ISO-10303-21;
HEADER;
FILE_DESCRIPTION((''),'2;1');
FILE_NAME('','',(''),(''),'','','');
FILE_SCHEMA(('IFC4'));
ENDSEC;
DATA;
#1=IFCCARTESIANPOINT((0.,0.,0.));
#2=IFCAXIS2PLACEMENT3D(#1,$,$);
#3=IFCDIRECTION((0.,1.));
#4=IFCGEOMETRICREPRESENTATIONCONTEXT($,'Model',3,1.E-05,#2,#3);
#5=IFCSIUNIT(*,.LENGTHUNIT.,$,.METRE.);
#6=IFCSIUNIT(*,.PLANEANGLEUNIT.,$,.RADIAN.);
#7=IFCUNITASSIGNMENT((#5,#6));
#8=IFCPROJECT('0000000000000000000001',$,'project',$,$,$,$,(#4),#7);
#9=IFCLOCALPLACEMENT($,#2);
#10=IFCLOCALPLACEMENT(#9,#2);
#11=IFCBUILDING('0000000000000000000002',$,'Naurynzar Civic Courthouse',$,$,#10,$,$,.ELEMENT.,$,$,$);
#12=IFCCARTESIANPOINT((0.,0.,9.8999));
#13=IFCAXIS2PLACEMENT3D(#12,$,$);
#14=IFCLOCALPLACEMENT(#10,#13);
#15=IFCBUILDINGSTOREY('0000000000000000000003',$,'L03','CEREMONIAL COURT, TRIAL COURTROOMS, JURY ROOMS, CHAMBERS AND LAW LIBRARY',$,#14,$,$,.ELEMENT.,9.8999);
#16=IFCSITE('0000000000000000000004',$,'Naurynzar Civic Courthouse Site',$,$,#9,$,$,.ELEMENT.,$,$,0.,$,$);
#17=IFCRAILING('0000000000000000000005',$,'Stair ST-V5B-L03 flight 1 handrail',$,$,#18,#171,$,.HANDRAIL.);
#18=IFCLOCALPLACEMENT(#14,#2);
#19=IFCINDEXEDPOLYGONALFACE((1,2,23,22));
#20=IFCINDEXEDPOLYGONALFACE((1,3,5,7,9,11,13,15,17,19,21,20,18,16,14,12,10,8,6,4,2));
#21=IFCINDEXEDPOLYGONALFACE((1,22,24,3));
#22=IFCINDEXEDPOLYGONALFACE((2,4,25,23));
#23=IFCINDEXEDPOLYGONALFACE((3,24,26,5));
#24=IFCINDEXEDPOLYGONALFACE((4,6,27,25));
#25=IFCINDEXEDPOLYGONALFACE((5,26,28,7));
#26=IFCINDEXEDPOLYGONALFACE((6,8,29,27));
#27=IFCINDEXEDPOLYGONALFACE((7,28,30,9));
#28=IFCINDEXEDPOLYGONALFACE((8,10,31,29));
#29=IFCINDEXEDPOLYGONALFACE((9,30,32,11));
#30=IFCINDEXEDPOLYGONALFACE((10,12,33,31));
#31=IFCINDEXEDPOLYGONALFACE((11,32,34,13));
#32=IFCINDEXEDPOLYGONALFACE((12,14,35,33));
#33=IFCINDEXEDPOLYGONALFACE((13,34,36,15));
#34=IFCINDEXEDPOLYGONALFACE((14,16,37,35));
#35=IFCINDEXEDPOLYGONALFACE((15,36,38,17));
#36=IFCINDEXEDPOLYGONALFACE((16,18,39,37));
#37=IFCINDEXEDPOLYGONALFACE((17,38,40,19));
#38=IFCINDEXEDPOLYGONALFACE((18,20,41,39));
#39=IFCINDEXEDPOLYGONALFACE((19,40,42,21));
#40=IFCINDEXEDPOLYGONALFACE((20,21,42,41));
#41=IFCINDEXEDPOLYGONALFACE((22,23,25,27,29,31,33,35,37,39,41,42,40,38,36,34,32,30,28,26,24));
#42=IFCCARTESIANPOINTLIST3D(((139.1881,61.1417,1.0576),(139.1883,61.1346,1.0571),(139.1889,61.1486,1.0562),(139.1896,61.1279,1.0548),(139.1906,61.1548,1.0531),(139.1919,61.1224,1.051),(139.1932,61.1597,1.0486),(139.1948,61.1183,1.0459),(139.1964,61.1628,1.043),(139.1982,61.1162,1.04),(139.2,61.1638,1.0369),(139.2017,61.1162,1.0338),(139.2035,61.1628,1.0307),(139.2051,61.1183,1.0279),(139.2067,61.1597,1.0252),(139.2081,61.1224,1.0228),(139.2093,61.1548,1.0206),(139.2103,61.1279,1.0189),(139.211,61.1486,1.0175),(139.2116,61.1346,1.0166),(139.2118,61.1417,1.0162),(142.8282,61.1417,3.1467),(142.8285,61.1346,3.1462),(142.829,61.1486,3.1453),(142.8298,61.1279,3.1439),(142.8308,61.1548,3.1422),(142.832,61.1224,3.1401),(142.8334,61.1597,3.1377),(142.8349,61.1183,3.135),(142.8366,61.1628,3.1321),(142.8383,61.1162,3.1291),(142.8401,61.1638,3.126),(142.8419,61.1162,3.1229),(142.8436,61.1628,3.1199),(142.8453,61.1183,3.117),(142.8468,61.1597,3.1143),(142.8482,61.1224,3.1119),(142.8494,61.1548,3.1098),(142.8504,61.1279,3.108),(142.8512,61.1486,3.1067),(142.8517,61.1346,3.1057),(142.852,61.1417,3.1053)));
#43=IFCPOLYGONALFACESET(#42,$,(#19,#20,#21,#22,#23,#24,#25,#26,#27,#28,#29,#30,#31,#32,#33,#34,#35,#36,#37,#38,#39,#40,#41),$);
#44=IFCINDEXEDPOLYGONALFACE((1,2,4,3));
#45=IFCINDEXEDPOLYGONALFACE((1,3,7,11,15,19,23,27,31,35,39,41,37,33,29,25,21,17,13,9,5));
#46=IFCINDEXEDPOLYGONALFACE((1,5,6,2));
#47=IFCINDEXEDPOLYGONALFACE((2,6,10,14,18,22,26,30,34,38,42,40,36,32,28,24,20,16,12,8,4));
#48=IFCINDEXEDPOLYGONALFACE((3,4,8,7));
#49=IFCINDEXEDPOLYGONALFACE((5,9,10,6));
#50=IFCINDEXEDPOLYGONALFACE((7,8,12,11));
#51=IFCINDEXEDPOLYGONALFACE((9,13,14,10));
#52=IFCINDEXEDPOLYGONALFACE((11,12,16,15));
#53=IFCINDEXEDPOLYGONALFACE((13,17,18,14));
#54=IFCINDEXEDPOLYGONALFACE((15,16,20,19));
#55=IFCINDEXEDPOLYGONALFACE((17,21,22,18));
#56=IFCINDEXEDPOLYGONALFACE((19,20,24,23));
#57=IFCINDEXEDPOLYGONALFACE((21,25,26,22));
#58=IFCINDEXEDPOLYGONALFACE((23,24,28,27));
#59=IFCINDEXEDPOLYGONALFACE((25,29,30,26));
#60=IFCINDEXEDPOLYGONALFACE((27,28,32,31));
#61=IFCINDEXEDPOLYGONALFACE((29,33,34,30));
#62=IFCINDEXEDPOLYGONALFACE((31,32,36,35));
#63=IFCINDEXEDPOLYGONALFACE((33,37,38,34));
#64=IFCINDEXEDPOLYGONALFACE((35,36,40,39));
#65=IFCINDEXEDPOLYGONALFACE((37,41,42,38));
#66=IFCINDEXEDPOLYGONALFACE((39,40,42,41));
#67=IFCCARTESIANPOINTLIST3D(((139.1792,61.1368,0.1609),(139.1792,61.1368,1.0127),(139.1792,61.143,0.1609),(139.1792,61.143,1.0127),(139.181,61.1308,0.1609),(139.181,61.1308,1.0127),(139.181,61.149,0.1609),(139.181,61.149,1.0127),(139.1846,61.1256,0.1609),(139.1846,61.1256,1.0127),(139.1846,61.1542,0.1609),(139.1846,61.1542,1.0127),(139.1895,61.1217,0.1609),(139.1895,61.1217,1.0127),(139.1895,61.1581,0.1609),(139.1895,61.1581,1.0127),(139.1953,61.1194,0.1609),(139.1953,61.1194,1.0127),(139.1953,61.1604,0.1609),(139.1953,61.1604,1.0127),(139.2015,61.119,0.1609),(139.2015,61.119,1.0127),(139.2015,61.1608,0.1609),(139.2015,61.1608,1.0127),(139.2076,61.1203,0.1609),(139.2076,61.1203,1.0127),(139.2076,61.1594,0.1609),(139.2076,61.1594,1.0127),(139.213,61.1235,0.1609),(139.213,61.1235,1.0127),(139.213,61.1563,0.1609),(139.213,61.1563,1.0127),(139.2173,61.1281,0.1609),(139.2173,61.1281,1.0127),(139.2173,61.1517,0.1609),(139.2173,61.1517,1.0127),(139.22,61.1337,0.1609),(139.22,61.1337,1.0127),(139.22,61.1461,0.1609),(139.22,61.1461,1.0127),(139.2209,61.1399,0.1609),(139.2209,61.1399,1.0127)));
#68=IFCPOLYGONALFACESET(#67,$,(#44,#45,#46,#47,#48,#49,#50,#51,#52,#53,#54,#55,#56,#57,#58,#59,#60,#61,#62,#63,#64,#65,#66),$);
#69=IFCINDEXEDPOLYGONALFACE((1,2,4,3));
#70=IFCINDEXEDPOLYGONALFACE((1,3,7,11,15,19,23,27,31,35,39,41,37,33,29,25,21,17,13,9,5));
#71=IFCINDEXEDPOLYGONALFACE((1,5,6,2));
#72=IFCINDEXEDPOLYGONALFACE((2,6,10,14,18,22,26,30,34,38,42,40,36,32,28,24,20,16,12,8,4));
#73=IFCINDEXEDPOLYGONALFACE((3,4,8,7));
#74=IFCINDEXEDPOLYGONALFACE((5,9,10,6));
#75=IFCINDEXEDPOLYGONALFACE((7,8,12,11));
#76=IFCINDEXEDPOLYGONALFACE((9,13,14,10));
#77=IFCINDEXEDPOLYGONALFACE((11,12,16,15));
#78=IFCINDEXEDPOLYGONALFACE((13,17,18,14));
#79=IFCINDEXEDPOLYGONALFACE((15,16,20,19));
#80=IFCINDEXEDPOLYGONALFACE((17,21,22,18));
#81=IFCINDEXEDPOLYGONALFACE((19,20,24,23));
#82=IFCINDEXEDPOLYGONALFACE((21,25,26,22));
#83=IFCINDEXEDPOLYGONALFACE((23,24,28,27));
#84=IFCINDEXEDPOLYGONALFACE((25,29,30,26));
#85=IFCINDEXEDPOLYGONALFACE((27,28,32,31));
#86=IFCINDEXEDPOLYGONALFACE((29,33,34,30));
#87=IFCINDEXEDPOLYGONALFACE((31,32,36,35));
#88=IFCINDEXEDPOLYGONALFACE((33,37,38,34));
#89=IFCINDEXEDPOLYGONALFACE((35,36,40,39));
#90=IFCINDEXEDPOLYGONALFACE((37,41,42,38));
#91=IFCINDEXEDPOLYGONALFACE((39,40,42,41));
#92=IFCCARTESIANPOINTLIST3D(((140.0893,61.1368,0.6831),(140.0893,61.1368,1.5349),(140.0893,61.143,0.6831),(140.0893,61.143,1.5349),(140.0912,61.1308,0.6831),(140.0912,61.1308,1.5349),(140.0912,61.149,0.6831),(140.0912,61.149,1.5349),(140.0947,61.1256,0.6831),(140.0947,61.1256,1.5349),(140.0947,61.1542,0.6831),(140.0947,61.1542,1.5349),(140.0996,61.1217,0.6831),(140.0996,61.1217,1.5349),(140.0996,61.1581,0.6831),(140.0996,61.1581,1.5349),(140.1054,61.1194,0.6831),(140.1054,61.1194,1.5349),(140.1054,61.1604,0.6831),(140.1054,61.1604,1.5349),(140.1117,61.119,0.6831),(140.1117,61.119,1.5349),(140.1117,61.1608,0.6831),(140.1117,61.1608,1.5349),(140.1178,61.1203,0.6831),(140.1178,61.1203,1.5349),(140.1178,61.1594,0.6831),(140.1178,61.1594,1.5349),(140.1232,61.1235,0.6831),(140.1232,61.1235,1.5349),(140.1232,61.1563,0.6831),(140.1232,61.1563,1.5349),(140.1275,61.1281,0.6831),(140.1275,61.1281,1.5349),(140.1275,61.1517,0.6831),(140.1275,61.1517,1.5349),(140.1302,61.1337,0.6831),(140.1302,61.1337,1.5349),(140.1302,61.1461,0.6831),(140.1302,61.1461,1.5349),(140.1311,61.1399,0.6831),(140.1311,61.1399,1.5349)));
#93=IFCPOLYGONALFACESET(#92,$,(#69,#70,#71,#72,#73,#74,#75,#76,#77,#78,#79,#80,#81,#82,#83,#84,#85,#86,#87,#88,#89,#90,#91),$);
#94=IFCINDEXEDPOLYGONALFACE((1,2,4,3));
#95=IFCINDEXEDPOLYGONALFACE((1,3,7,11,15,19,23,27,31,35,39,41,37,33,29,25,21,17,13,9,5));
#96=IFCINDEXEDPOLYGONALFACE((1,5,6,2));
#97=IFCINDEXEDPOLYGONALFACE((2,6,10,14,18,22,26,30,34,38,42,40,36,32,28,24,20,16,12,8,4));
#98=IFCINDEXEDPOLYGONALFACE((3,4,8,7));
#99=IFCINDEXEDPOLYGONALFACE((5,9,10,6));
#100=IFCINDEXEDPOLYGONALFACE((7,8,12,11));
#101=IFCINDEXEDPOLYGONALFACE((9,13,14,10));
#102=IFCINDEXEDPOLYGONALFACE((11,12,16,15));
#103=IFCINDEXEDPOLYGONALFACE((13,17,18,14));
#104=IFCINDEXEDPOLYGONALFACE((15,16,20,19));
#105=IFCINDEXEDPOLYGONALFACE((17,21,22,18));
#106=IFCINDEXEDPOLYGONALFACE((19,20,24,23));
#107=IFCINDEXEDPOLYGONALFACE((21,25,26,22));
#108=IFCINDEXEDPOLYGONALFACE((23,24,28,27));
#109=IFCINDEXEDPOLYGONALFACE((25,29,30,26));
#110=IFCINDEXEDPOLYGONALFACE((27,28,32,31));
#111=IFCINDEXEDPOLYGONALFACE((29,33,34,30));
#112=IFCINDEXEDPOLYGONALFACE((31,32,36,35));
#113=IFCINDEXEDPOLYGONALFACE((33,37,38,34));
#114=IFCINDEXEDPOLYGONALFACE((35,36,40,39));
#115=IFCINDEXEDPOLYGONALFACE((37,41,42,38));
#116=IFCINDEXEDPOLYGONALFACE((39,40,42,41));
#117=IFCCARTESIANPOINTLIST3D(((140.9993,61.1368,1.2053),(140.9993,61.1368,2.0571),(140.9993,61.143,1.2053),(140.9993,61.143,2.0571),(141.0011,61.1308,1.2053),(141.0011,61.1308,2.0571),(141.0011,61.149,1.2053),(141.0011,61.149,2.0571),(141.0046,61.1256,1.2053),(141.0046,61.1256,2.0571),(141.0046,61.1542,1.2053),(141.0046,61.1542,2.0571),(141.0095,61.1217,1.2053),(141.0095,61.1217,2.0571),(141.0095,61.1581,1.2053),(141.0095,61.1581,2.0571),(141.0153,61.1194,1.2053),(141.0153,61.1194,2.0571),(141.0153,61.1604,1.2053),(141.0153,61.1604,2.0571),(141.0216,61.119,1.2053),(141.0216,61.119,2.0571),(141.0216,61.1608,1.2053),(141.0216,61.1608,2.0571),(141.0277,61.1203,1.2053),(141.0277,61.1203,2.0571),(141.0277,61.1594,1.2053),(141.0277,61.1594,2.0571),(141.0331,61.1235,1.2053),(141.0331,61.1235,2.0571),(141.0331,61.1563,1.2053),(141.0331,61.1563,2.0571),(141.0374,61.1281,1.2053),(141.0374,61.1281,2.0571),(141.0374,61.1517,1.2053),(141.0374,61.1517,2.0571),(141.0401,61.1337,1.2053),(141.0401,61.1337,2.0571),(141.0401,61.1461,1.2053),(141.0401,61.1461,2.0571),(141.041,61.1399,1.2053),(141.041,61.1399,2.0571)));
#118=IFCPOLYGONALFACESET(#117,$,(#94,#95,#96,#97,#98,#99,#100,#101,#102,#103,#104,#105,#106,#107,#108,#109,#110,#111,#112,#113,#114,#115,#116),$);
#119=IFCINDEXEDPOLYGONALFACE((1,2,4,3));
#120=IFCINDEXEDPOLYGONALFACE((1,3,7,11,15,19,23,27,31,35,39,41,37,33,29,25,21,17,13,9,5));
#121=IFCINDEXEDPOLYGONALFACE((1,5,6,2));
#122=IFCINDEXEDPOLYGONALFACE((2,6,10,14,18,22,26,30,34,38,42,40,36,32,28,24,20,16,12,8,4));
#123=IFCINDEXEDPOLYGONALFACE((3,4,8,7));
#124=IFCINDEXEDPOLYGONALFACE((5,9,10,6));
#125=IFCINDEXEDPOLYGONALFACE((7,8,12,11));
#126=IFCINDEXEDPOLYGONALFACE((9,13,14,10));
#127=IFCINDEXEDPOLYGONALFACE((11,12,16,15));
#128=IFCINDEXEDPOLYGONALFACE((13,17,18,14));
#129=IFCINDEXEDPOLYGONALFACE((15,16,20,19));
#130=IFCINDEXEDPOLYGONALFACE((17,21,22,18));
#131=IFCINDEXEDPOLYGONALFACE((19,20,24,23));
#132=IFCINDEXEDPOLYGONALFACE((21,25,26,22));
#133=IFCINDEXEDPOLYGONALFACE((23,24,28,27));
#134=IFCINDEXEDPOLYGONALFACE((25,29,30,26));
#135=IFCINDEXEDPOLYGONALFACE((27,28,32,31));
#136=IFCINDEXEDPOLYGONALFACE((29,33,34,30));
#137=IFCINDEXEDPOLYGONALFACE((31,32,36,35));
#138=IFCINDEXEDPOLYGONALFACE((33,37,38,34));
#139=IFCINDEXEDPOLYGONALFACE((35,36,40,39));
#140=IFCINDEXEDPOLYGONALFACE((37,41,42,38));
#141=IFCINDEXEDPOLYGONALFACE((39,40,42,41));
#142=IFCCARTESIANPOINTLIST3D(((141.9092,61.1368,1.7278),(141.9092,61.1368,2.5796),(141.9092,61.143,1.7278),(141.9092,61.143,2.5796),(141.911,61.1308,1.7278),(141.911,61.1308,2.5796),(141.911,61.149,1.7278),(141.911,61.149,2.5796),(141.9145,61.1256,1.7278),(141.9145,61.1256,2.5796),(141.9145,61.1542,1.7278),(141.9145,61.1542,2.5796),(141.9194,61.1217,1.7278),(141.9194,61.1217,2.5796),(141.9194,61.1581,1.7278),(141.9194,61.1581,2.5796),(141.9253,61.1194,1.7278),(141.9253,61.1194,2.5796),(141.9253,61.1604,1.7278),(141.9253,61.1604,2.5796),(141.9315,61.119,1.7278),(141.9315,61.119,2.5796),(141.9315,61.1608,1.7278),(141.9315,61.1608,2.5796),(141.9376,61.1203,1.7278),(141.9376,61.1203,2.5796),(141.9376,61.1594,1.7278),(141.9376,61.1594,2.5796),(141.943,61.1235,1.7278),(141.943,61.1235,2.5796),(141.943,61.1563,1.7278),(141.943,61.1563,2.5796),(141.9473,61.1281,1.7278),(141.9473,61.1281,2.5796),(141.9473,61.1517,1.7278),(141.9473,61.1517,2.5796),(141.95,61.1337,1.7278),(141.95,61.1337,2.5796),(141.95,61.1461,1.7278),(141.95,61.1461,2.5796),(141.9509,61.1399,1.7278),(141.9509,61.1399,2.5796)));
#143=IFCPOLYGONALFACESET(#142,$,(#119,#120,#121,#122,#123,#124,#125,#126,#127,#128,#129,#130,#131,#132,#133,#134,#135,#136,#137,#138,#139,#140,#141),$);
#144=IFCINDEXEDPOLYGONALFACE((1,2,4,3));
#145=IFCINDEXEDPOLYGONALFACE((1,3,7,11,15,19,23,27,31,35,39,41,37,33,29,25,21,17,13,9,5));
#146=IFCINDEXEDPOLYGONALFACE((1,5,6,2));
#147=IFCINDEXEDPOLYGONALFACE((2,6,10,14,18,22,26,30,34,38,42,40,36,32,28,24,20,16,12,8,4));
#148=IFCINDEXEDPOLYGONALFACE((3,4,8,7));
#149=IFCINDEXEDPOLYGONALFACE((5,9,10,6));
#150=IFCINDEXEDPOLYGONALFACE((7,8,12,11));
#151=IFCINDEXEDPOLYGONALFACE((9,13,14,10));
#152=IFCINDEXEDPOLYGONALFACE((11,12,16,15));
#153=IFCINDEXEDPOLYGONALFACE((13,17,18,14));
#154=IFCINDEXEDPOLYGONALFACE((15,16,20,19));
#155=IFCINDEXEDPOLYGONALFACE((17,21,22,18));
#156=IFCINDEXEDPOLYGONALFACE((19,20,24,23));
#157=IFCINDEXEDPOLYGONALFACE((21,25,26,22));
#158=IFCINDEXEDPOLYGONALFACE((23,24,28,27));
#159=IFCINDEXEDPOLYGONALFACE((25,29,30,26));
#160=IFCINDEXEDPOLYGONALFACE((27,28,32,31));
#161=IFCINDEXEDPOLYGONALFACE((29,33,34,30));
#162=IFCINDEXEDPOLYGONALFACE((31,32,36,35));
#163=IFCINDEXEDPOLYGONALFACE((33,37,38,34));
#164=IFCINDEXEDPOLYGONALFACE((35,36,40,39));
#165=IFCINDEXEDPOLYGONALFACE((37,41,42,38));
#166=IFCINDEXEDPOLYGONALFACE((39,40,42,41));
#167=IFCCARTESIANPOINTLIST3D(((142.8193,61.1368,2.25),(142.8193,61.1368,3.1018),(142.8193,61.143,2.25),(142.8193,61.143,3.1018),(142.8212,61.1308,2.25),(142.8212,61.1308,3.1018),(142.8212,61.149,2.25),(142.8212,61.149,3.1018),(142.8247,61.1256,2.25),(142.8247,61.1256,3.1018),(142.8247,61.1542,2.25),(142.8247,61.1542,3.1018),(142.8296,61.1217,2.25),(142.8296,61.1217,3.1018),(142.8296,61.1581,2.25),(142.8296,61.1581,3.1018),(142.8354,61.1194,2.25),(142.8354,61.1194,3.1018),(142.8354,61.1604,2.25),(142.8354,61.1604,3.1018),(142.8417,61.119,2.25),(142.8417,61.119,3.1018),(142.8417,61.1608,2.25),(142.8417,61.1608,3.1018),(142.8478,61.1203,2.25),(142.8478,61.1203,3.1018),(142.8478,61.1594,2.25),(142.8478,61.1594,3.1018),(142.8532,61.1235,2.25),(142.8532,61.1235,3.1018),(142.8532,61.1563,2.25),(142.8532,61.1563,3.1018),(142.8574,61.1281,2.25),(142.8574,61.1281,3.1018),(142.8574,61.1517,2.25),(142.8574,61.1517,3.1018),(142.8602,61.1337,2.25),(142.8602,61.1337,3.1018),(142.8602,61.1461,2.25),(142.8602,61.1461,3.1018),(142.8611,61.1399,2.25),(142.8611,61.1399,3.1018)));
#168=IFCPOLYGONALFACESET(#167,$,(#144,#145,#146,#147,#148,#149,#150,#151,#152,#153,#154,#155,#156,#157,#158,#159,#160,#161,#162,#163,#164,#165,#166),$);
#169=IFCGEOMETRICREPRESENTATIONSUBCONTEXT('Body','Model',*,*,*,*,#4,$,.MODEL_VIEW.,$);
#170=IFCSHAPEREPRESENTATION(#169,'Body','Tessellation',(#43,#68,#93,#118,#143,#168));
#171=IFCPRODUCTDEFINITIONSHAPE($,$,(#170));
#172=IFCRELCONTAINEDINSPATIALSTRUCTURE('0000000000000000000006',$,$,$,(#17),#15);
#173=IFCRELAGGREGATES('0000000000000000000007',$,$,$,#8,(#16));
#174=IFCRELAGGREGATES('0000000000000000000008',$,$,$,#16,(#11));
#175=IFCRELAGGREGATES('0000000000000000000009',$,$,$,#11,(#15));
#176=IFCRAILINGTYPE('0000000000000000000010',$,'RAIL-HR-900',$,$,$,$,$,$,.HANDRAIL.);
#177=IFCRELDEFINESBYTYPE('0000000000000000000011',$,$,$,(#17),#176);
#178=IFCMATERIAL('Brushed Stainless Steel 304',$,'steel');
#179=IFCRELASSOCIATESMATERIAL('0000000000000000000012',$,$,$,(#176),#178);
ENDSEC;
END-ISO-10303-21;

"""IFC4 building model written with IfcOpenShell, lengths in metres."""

from ifc_helpers import new_model, si_unit, direction, frame, origin, origin_2d, place, context, subcontext, project, spatial, circle, extrude, material, type_object, element, save


model = new_model("IFC4")

# Units and contexts
model_context = context("Model", 3, precision=1e-05, world=origin(), true_north=direction((0.0, 1.0)))
body_context = subcontext(model_context, "Body", "Model", "MODEL_VIEW")
ifc_project = project(units=[si_unit("LENGTHUNIT", "METRE"), si_unit("PLANEANGLEUNIT", "RADIAN")], contexts=[model_context])

# Site, building, storey
site_placement = place(None, origin())
site = spatial("IfcSite", under=ifc_project, at=site_placement, Name="Naurynzar Civic Courthouse Site", CompositionType="ELEMENT", RefElevation=0.0)
building_placement = place(site_placement, origin())
building = spatial("IfcBuilding", under=site, at=building_placement, Name="Naurynzar Civic Courthouse", CompositionType="ELEMENT")
storey_placement = place(building_placement, frame((0.0, 0.0, 9.8999)))
storey = spatial("IfcBuildingStorey", under=building, at=storey_placement, Name="L03", Description="CEREMONIAL COURT, TRIAL COURTROOMS, JURY ROOMS, CHAMBERS AND LAW LIBRARY", CompositionType="ELEMENT", Elevation=9.8999)

# Railing
ifc_material_1 = material(Name="Brushed Stainless Steel 304", Category="steel")
railing_type_1 = type_object("IfcRailingType", Name="RAIL-HR-900", PredefinedType="HANDRAIL", material=ifc_material_1)
railing_1_placement = place(storey_placement, frame((139.2, 61.1399, 0.1609)))
element("IfcRailing", 1, at=railing_1_placement, inside=storey, type_object=railing_type_1, Name="Stair ST-V5B-L03 flight 1 handrail", PredefinedType="HANDRAIL", context=body_context, shape_type="SweptSolid", body=[
    extrude(circle(Radius=0.0239, at=origin_2d()), frame((0.0, 0.0, 0.876), z_axis=(0.867314, 0.0, 0.497761), x_axis=(0.0, 1.0, 0.0)), (0.0, 0.0, 1.0), 4.197),
    extrude(circle(Radius=0.021, at=origin_2d()), origin(), (0.0, 0.0, 1.0), 0.8518),
    extrude(circle(Radius=0.021, at=origin_2d()), frame((0.9102, 0.0, 0.5222)), (0.0, 0.0, 1.0), 0.8518),
    extrude(circle(Radius=0.021, at=origin_2d()), frame((1.8201, 0.0, 1.0444)), (0.0, 0.0, 1.0), 0.8518),
    extrude(circle(Radius=0.021, at=origin_2d()), frame((2.73, 0.0, 1.5669)), (0.0, 0.0, 1.0), 0.8518),
    extrude(circle(Radius=0.021, at=origin_2d()), frame((3.6401, 0.0, 2.0891)), (0.0, 0.0, 1.0), 0.8518),
])

save(model, "model.ifc")
